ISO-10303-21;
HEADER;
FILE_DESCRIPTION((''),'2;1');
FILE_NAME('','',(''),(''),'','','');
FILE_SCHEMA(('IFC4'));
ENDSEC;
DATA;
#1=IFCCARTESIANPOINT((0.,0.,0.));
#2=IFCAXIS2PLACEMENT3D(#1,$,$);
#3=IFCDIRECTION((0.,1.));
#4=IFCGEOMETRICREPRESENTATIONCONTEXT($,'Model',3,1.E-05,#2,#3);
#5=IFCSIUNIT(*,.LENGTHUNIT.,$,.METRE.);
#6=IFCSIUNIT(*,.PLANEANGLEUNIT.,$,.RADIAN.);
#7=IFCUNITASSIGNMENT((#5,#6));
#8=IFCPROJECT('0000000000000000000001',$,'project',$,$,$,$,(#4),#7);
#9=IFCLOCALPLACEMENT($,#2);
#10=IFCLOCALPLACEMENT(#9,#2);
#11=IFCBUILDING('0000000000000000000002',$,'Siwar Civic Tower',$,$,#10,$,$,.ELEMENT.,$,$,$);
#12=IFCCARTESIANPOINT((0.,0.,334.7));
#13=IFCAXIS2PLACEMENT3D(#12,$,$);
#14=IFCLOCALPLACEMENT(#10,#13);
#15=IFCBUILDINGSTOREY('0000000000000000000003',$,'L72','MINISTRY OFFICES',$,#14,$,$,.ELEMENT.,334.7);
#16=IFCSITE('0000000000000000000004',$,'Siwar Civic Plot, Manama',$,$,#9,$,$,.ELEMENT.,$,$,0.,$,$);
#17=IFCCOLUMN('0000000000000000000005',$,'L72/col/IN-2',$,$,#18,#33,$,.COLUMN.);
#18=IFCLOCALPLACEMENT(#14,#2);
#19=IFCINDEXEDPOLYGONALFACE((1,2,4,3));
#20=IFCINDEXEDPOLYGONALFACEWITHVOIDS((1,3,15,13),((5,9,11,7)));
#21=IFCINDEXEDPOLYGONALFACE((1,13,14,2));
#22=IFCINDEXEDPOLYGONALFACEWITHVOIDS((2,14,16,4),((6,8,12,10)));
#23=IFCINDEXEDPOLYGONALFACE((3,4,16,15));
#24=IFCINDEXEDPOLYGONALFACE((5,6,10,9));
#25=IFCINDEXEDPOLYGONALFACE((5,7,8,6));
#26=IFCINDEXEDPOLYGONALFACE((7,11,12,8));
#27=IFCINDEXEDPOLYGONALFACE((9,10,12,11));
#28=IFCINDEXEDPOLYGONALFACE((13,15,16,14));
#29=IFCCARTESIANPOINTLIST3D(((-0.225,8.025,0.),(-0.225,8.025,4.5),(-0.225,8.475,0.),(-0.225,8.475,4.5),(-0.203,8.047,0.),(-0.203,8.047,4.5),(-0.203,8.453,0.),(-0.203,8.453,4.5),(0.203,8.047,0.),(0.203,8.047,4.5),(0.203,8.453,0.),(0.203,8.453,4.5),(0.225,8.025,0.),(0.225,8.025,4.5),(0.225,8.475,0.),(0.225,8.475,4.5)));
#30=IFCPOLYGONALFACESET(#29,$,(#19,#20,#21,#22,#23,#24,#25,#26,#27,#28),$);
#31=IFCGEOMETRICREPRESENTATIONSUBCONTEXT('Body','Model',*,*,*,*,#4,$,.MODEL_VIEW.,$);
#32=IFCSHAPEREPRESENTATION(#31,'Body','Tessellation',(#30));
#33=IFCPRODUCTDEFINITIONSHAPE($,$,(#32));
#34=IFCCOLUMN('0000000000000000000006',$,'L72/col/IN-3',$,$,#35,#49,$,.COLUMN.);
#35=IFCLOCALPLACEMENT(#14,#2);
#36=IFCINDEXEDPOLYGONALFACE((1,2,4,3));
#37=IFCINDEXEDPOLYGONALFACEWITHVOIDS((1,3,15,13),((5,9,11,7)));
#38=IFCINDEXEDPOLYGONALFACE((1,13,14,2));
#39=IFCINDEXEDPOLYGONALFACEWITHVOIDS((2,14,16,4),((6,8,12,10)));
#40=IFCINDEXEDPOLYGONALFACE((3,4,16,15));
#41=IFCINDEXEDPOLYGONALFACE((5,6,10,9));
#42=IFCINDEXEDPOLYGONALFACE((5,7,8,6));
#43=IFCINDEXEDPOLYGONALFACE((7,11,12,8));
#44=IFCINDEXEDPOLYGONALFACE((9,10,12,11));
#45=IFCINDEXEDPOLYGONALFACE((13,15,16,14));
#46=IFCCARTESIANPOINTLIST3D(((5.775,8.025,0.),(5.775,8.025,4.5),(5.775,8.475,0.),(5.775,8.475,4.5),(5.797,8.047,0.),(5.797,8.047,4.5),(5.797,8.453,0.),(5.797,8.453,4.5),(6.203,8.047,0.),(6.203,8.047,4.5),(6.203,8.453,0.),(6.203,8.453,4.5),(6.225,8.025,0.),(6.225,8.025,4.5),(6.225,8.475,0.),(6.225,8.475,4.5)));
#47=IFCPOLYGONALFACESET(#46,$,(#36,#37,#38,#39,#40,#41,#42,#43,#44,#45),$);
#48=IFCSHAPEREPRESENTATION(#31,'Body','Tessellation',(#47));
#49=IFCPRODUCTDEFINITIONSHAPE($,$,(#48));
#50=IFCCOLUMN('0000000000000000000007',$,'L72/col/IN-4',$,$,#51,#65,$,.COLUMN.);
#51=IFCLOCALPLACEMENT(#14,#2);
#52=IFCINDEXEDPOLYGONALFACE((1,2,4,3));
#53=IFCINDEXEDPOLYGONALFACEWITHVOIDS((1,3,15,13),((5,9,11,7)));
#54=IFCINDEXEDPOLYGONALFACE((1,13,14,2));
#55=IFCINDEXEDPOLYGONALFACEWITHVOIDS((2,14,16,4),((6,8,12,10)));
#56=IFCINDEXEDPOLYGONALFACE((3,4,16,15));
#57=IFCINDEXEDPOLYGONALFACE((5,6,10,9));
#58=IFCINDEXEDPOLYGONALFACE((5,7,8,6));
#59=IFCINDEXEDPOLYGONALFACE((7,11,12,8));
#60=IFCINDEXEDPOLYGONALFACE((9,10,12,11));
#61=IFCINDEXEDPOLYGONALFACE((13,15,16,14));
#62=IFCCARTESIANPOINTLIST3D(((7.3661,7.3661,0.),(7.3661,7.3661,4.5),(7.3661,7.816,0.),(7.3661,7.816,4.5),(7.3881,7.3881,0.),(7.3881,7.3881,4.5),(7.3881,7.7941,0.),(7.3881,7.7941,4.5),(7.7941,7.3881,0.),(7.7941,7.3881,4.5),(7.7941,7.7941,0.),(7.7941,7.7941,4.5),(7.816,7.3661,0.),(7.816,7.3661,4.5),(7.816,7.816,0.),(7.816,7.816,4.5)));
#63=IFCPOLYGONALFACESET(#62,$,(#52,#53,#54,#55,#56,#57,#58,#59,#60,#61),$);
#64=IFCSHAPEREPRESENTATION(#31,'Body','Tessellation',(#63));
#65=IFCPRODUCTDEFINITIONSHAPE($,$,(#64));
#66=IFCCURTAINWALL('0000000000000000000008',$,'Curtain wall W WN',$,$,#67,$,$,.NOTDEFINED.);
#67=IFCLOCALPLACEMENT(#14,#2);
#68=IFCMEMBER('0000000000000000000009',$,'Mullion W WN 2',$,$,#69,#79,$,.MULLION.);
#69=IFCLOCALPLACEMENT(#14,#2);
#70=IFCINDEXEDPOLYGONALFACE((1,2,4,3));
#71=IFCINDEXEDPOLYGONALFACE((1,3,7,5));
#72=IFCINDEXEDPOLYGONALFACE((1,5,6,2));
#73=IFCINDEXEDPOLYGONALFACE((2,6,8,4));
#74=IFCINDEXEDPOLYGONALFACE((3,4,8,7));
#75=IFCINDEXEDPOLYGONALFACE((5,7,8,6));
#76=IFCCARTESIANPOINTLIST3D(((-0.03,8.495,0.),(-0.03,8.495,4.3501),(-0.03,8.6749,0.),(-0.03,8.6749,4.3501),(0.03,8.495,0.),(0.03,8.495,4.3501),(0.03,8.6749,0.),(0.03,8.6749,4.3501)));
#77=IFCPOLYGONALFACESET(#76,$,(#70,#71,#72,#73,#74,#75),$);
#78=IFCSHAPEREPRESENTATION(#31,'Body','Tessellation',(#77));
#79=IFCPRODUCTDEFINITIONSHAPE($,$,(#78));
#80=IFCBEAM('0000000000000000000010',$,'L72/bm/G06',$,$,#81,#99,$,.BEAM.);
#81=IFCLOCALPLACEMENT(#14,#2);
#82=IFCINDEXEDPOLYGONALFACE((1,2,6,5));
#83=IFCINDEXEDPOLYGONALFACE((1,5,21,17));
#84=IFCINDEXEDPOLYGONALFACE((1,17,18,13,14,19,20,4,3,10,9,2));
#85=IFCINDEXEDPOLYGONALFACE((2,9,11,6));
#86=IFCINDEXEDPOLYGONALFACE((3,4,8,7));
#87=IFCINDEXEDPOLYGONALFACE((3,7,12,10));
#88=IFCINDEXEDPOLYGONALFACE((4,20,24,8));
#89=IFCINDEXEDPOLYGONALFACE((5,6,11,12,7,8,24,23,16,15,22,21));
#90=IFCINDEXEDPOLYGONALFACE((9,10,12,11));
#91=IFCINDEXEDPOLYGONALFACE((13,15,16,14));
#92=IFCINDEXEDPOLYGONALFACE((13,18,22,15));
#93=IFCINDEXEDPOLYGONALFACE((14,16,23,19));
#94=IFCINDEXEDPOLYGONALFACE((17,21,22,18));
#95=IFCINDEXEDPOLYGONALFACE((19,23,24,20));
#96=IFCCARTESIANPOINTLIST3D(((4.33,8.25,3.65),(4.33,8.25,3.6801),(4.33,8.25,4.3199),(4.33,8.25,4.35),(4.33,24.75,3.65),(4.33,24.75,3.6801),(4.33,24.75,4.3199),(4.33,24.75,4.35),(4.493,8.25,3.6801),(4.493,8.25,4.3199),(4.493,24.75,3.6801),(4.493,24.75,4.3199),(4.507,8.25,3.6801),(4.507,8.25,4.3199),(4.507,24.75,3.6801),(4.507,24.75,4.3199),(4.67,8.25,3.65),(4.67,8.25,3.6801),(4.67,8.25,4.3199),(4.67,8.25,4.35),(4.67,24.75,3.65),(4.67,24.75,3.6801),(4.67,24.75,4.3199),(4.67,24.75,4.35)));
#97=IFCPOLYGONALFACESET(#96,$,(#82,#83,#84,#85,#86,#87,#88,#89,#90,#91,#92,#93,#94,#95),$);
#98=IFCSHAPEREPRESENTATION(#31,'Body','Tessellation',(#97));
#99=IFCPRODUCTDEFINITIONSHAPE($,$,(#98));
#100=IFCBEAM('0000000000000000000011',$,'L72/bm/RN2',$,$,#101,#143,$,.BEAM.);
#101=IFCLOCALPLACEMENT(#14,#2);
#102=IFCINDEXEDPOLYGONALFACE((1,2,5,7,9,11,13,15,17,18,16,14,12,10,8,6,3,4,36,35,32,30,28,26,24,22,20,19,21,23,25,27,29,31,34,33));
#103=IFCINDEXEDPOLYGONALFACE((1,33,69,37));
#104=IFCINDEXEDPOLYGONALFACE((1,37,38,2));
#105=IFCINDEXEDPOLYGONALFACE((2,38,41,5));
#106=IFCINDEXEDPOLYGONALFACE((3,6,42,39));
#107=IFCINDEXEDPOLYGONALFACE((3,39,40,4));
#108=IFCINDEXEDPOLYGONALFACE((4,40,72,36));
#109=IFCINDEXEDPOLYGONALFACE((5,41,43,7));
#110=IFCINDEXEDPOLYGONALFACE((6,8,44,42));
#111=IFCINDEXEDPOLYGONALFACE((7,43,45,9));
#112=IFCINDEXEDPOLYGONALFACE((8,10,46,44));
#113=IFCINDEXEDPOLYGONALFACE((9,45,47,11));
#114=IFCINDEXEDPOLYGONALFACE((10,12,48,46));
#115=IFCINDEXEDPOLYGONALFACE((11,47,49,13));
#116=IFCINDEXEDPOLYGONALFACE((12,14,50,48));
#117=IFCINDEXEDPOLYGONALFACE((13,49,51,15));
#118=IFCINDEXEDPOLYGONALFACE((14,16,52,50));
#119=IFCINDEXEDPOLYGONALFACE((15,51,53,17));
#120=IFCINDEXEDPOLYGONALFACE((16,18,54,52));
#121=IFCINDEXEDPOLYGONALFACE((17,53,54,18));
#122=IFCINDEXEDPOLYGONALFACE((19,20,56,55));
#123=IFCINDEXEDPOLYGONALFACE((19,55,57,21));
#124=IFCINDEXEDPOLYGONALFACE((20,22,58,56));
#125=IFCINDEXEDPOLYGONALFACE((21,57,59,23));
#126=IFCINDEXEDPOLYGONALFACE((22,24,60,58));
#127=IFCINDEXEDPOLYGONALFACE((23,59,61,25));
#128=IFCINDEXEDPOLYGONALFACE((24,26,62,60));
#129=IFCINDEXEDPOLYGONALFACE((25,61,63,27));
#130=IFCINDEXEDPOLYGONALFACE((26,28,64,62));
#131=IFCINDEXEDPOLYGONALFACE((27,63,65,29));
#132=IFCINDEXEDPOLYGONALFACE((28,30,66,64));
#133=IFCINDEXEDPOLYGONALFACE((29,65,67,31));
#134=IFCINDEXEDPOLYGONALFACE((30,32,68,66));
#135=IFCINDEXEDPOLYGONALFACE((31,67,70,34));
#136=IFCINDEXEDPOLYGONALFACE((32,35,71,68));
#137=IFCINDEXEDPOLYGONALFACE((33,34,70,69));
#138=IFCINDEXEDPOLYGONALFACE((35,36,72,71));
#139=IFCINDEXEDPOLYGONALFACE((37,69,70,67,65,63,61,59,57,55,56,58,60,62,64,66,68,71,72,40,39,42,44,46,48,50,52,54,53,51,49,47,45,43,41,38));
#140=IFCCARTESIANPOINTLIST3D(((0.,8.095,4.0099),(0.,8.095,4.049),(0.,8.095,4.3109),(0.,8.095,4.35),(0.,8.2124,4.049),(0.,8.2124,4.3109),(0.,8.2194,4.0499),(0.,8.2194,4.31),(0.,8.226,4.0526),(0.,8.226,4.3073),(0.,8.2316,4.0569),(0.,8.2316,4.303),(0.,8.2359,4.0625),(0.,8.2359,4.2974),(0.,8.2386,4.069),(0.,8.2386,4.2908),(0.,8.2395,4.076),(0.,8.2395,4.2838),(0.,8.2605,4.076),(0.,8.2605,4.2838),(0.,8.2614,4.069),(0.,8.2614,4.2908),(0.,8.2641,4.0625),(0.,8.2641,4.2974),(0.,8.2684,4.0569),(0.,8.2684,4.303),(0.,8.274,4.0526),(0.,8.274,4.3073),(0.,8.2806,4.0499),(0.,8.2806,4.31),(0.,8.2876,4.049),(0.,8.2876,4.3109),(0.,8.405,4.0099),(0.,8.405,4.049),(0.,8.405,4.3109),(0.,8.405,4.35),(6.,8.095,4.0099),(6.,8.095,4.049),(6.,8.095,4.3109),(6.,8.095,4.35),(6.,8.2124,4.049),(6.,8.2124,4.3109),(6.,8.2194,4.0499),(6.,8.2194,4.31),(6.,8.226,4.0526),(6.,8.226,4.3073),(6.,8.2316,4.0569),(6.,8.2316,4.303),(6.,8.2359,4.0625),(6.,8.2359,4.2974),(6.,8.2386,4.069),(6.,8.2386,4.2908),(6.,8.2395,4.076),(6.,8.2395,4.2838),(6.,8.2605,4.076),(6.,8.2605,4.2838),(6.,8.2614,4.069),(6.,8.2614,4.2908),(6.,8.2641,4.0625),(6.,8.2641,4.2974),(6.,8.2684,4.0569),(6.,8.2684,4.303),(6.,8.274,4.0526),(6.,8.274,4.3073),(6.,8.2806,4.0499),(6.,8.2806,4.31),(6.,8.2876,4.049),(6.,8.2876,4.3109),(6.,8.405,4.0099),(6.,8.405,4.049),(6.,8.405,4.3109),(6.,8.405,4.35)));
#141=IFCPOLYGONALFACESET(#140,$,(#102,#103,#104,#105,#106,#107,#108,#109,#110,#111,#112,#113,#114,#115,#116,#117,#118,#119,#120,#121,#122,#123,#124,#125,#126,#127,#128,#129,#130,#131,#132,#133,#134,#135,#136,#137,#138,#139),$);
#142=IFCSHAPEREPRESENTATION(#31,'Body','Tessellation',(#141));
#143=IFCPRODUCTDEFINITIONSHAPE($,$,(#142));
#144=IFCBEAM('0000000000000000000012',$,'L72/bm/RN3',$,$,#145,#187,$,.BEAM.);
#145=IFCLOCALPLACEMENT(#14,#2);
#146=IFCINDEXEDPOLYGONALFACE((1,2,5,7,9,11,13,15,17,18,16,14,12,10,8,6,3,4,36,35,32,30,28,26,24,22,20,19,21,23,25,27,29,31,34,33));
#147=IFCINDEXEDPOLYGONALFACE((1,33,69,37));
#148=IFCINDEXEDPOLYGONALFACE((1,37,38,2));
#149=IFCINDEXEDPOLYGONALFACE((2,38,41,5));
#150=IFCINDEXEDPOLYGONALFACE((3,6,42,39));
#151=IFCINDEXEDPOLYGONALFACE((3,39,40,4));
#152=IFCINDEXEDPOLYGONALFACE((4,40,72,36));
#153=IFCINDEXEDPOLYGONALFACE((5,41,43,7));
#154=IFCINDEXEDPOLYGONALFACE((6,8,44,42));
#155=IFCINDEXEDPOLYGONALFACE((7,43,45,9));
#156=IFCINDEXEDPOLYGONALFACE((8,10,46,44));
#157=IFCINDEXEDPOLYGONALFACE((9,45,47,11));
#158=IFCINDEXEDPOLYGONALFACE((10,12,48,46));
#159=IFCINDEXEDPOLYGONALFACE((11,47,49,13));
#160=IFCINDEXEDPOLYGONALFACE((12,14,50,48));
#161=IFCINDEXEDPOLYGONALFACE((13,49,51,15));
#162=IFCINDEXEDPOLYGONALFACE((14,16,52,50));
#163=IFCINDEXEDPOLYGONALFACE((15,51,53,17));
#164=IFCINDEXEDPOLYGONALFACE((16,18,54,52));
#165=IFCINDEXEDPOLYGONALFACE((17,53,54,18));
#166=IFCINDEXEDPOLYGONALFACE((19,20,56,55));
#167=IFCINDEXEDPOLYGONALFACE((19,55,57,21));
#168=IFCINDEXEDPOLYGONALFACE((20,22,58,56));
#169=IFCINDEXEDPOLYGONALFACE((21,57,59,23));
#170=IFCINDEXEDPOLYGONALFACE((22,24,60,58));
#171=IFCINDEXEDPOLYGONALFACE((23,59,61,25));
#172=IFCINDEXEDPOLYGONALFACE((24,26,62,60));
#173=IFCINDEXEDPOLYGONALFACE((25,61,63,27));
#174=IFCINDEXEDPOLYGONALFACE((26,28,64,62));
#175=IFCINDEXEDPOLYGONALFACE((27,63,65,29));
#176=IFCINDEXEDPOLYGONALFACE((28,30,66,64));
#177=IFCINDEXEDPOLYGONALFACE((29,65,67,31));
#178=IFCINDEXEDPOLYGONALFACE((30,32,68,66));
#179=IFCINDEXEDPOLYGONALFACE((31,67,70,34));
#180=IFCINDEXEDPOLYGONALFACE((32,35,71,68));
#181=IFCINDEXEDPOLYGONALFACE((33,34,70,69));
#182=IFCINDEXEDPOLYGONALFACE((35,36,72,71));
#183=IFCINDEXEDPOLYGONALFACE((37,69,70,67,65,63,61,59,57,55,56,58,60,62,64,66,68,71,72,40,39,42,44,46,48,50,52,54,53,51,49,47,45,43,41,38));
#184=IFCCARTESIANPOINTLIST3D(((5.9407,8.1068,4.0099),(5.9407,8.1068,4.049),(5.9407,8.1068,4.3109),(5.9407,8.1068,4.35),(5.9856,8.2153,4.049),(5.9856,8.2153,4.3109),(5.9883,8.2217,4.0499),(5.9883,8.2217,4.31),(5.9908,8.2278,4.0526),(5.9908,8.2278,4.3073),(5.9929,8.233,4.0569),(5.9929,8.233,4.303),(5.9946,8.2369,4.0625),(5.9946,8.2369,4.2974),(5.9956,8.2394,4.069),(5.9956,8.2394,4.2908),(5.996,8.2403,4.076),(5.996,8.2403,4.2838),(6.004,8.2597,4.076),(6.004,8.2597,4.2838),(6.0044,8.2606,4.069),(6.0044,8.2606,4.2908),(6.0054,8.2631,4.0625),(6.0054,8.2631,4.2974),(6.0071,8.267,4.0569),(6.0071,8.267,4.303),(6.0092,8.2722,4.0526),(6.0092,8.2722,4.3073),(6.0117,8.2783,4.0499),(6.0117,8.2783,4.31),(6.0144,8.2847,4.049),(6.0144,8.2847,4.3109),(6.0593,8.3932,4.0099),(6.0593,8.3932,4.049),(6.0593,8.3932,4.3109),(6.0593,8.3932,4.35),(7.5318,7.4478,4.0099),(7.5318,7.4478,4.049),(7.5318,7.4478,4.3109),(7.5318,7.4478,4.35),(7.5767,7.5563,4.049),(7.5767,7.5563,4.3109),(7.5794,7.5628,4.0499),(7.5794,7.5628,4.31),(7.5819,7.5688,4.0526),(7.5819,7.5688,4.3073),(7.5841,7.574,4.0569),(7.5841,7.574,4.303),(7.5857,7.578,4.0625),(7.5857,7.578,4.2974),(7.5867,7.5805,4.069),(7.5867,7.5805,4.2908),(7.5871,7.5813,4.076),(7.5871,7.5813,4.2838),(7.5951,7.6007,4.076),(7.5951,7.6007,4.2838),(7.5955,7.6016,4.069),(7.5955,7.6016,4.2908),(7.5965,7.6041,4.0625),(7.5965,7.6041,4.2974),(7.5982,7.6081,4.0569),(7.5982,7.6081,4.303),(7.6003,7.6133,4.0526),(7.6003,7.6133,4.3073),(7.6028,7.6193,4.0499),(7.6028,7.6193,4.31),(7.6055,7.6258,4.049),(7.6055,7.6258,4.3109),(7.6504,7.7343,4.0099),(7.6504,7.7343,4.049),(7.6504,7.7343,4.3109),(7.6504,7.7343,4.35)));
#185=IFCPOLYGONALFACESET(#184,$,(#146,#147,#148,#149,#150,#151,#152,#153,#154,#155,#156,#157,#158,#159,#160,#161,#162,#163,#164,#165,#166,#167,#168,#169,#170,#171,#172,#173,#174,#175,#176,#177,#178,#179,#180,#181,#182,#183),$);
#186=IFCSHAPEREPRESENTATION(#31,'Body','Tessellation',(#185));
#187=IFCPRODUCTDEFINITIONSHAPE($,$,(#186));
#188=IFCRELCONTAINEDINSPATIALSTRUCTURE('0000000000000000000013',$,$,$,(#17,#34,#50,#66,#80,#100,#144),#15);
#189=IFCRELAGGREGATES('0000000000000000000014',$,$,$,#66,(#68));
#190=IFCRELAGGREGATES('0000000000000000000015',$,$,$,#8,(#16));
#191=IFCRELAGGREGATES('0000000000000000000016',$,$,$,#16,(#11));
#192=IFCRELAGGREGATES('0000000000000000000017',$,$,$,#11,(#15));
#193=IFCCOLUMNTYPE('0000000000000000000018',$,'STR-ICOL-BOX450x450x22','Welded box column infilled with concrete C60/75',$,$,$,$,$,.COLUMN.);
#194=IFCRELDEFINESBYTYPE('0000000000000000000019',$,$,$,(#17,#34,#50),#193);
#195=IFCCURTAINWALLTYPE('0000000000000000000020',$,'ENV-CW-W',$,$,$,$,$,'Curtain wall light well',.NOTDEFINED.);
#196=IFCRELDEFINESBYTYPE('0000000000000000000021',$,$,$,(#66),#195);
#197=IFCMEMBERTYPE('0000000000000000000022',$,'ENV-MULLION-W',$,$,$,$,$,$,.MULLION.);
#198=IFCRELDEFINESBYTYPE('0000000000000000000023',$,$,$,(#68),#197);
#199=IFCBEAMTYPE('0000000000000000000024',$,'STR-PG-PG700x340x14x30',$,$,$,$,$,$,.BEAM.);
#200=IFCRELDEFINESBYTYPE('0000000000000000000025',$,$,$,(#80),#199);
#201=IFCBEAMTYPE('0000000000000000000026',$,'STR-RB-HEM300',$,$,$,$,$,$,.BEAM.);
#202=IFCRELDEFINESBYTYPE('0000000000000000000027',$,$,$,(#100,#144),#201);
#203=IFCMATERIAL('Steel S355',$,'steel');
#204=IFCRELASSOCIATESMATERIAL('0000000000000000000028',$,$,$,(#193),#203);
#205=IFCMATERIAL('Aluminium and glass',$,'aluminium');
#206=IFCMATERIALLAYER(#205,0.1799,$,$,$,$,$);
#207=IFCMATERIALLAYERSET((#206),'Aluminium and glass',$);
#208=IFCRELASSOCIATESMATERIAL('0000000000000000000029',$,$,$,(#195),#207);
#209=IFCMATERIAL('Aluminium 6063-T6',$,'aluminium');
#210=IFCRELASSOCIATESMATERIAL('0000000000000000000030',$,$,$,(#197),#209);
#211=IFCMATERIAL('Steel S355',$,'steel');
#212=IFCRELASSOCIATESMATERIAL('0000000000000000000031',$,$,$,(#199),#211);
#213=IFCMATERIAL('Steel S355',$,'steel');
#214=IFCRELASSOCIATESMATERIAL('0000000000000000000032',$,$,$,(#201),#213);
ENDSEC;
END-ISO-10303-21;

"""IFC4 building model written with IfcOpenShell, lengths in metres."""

from ifc_helpers import new_model, si_unit, direction, frame, origin, origin_2d, place, context, subcontext, project, spatial, rectangle, hollow_rectangle, i_section, extrude, material, layer, layer_set, material_profile, profile_set, type_object, element, aggregate, save


model = new_model("IFC4")

# Units and contexts
model_context = context("Model", 3, precision=1e-05, world=origin(), true_north=direction((0.0, 1.0)))
body_context = subcontext(model_context, "Body", "Model", "MODEL_VIEW")
ifc_project = project(units=[si_unit("LENGTHUNIT", "METRE"), si_unit("PLANEANGLEUNIT", "RADIAN")], contexts=[model_context])

# Site, building, storey
site_placement = place(None, origin())
site = spatial("IfcSite", under=ifc_project, at=site_placement, Name="Siwar Civic Plot, Manama", CompositionType="ELEMENT", RefElevation=0.0)
building_placement = place(site_placement, origin())
building = spatial("IfcBuilding", under=site, at=building_placement, Name="Siwar Civic Tower", CompositionType="ELEMENT")
storey_placement = place(building_placement, frame((0.0, 0.0, 334.7)))
storey = spatial("IfcBuildingStorey", under=building, at=storey_placement, Name="L72", Description="MINISTRY OFFICES", CompositionType="ELEMENT", Elevation=334.7)

# Columns
ifc_material_1 = material(Name="Steel S355", Category="steel")
ifc_material_profile_1 = material_profile(ifc_material_1, hollow_rectangle(XDim=0.45, YDim=0.45, WallThickness=0.022, at=origin_2d()), Name="BOX450x450x22")
ifc_profile_set_1 = profile_set([ifc_material_profile_1], Name="Steel S355")
column_type = type_object("IfcColumnType", Name="STR-ICOL-BOX450x450x22", Description="Welded box column infilled with concrete C60/75", PredefinedType="COLUMN", material=ifc_profile_set_1)
for number, where, z_axis, x_axis, name in (
    (1, (0.0, 8.25, 0.0), (0.0, 0.0, 1.0), (1.0, 0.0, 0.0), "L72/col/IN-2"),
    (2, (6.0, 8.25, 0.0), (0.0, 0.0, 1.0), (1.0, 0.0, 0.0), "L72/col/IN-3"),
    (3, (7.5911, 7.5911, 0.0), (0.0, 0.0, 1.0), (1.0, 0.0, 0.0), "L72/col/IN-4"),
):
    element("IfcColumn", number, at=place(storey_placement, frame(where, z_axis=z_axis, x_axis=x_axis)), inside=storey, type_object=column_type, Name=name, PredefinedType="COLUMN", context=body_context, shape_type="SweptSolid", body=[
        extrude(hollow_rectangle(XDim=0.45, YDim=0.45, WallThickness=0.022, at=origin_2d()), origin(), (0.0, 0.0, 1.0), 4.5),
    ])

# Curtain wall, member
ifc_material_2 = material(Name="Aluminium and glass", Category="aluminium")
ifc_layer_1 = layer(ifc_material_2, 0.1799)
ifc_layer_set_1 = layer_set([ifc_layer_1], Name="Aluminium and glass")
curtain_wall_type = type_object("IfcCurtainWallType", Name="ENV-CW-W", ElementType="Curtain wall light well", PredefinedType="NOTDEFINED", material=ifc_layer_set_1)
curtain_wall_placement = place(storey_placement, origin())
curtain_wall = element("IfcCurtainWall", 4, at=curtain_wall_placement, inside=storey, type_object=curtain_wall_type, Name="Curtain wall W WN", PredefinedType="NOTDEFINED")
ifc_material_3 = material(Name="Aluminium 6063-T6", Category="aluminium")
ifc_material_profile_2 = material_profile(ifc_material_3, rectangle(XDim=0.1799, YDim=0.0601, at=origin_2d()), Name="AL 180x60")
ifc_profile_set_2 = profile_set([ifc_material_profile_2], Name="Aluminium 6063-T6")
member_type = type_object("IfcMemberType", Name="ENV-MULLION-W", PredefinedType="MULLION", material=ifc_profile_set_2)
member_placement = place(storey_placement, frame((0.0, 8.585, 0.0), z_axis=(0.0, 0.0, 1.0), x_axis=(0.0, -1.0, 0.0)))
member = element("IfcMember", 5, at=member_placement, type_object=member_type, Name="Mullion W WN 2", PredefinedType="MULLION", context=body_context, shape_type="SweptSolid", body=[
    extrude(rectangle(XDim=0.1799, YDim=0.0601, at=origin_2d()), origin(), (0.0, 0.0, 1.0), 4.3501),
])
aggregate(curtain_wall, [member])

# Beams
ifc_material_4 = material(Name="Steel S355", Category="steel")
ifc_material_profile_3 = material_profile(ifc_material_4, i_section(OverallWidth=0.3401, OverallDepth=0.7, WebThickness=0.0139, FlangeThickness=0.03, at=origin_2d()), Name="PG700x340x14x30")
ifc_profile_set_3 = profile_set([ifc_material_profile_3], Name="Steel S355")
beam_type_1 = type_object("IfcBeamType", Name="STR-PG-PG700x340x14x30", PredefinedType="BEAM", material=ifc_profile_set_3)
beam_1_placement = place(storey_placement, frame((4.5, 8.25, 4.0), z_axis=(0.0, 1.0, 0.0), x_axis=(-1.0, 0.0, 0.0)))
element("IfcBeam", 6, at=beam_1_placement, inside=storey, type_object=beam_type_1, Name="L72/bm/G06", PredefinedType="BEAM", context=body_context, shape_type="SweptSolid", body=[
    extrude(i_section(OverallWidth=0.3401, OverallDepth=0.7, WebThickness=0.0139, FlangeThickness=0.03, at=origin_2d()), origin(), (0.0, 0.0, 1.0), 16.5),
])
ifc_material_5 = material(Name="Steel S355", Category="steel")
ifc_material_profile_4 = material_profile(ifc_material_5, i_section(OverallWidth=0.3101, OverallDepth=0.3401, WebThickness=0.021, FlangeThickness=0.0391, FilletRadius=0.0271, at=origin_2d()), Name="HEM300")
ifc_profile_set_4 = profile_set([ifc_material_profile_4], Name="Steel S355")
beam_type_2 = type_object("IfcBeamType", Name="STR-RB-HEM300", PredefinedType="BEAM", material=ifc_profile_set_4)
beam_2_placement = place(storey_placement, frame((0.0, 8.25, 4.1799), z_axis=(1.0, 0.0, 0.0), x_axis=(0.0, 1.0, 0.0)))
element("IfcBeam", 7, at=beam_2_placement, inside=storey, type_object=beam_type_2, Name="L72/bm/RN2", PredefinedType="BEAM", context=body_context, shape_type="SweptSolid", body=[
    extrude(i_section(OverallWidth=0.3101, OverallDepth=0.3401, WebThickness=0.021, FlangeThickness=0.0391, FilletRadius=0.0271, at=origin_2d()), origin(), (0.0, 0.0, 1.0), 6.0),
])
for number, where, z_axis, x_axis, name in (
    (8, (6.0, 8.25, 4.1799), (0.923901, -0.382631, 0.0), (0.382631, 0.923901, 0.0), "L72/bm/RN3"),
):
    element("IfcBeam", number, at=place(storey_placement, frame(where, z_axis=z_axis, x_axis=x_axis)), inside=storey, type_object=beam_type_2, Name=name, PredefinedType="BEAM", context=body_context, shape_type="SweptSolid", body=[
        extrude(i_section(OverallWidth=0.3101, OverallDepth=0.3401, WebThickness=0.021, FlangeThickness=0.0391, FilletRadius=0.0271, at=origin_2d()), origin(), (0.0, 0.0, 1.0), 1.7222),
    ])

save(model, "model.ifc")
